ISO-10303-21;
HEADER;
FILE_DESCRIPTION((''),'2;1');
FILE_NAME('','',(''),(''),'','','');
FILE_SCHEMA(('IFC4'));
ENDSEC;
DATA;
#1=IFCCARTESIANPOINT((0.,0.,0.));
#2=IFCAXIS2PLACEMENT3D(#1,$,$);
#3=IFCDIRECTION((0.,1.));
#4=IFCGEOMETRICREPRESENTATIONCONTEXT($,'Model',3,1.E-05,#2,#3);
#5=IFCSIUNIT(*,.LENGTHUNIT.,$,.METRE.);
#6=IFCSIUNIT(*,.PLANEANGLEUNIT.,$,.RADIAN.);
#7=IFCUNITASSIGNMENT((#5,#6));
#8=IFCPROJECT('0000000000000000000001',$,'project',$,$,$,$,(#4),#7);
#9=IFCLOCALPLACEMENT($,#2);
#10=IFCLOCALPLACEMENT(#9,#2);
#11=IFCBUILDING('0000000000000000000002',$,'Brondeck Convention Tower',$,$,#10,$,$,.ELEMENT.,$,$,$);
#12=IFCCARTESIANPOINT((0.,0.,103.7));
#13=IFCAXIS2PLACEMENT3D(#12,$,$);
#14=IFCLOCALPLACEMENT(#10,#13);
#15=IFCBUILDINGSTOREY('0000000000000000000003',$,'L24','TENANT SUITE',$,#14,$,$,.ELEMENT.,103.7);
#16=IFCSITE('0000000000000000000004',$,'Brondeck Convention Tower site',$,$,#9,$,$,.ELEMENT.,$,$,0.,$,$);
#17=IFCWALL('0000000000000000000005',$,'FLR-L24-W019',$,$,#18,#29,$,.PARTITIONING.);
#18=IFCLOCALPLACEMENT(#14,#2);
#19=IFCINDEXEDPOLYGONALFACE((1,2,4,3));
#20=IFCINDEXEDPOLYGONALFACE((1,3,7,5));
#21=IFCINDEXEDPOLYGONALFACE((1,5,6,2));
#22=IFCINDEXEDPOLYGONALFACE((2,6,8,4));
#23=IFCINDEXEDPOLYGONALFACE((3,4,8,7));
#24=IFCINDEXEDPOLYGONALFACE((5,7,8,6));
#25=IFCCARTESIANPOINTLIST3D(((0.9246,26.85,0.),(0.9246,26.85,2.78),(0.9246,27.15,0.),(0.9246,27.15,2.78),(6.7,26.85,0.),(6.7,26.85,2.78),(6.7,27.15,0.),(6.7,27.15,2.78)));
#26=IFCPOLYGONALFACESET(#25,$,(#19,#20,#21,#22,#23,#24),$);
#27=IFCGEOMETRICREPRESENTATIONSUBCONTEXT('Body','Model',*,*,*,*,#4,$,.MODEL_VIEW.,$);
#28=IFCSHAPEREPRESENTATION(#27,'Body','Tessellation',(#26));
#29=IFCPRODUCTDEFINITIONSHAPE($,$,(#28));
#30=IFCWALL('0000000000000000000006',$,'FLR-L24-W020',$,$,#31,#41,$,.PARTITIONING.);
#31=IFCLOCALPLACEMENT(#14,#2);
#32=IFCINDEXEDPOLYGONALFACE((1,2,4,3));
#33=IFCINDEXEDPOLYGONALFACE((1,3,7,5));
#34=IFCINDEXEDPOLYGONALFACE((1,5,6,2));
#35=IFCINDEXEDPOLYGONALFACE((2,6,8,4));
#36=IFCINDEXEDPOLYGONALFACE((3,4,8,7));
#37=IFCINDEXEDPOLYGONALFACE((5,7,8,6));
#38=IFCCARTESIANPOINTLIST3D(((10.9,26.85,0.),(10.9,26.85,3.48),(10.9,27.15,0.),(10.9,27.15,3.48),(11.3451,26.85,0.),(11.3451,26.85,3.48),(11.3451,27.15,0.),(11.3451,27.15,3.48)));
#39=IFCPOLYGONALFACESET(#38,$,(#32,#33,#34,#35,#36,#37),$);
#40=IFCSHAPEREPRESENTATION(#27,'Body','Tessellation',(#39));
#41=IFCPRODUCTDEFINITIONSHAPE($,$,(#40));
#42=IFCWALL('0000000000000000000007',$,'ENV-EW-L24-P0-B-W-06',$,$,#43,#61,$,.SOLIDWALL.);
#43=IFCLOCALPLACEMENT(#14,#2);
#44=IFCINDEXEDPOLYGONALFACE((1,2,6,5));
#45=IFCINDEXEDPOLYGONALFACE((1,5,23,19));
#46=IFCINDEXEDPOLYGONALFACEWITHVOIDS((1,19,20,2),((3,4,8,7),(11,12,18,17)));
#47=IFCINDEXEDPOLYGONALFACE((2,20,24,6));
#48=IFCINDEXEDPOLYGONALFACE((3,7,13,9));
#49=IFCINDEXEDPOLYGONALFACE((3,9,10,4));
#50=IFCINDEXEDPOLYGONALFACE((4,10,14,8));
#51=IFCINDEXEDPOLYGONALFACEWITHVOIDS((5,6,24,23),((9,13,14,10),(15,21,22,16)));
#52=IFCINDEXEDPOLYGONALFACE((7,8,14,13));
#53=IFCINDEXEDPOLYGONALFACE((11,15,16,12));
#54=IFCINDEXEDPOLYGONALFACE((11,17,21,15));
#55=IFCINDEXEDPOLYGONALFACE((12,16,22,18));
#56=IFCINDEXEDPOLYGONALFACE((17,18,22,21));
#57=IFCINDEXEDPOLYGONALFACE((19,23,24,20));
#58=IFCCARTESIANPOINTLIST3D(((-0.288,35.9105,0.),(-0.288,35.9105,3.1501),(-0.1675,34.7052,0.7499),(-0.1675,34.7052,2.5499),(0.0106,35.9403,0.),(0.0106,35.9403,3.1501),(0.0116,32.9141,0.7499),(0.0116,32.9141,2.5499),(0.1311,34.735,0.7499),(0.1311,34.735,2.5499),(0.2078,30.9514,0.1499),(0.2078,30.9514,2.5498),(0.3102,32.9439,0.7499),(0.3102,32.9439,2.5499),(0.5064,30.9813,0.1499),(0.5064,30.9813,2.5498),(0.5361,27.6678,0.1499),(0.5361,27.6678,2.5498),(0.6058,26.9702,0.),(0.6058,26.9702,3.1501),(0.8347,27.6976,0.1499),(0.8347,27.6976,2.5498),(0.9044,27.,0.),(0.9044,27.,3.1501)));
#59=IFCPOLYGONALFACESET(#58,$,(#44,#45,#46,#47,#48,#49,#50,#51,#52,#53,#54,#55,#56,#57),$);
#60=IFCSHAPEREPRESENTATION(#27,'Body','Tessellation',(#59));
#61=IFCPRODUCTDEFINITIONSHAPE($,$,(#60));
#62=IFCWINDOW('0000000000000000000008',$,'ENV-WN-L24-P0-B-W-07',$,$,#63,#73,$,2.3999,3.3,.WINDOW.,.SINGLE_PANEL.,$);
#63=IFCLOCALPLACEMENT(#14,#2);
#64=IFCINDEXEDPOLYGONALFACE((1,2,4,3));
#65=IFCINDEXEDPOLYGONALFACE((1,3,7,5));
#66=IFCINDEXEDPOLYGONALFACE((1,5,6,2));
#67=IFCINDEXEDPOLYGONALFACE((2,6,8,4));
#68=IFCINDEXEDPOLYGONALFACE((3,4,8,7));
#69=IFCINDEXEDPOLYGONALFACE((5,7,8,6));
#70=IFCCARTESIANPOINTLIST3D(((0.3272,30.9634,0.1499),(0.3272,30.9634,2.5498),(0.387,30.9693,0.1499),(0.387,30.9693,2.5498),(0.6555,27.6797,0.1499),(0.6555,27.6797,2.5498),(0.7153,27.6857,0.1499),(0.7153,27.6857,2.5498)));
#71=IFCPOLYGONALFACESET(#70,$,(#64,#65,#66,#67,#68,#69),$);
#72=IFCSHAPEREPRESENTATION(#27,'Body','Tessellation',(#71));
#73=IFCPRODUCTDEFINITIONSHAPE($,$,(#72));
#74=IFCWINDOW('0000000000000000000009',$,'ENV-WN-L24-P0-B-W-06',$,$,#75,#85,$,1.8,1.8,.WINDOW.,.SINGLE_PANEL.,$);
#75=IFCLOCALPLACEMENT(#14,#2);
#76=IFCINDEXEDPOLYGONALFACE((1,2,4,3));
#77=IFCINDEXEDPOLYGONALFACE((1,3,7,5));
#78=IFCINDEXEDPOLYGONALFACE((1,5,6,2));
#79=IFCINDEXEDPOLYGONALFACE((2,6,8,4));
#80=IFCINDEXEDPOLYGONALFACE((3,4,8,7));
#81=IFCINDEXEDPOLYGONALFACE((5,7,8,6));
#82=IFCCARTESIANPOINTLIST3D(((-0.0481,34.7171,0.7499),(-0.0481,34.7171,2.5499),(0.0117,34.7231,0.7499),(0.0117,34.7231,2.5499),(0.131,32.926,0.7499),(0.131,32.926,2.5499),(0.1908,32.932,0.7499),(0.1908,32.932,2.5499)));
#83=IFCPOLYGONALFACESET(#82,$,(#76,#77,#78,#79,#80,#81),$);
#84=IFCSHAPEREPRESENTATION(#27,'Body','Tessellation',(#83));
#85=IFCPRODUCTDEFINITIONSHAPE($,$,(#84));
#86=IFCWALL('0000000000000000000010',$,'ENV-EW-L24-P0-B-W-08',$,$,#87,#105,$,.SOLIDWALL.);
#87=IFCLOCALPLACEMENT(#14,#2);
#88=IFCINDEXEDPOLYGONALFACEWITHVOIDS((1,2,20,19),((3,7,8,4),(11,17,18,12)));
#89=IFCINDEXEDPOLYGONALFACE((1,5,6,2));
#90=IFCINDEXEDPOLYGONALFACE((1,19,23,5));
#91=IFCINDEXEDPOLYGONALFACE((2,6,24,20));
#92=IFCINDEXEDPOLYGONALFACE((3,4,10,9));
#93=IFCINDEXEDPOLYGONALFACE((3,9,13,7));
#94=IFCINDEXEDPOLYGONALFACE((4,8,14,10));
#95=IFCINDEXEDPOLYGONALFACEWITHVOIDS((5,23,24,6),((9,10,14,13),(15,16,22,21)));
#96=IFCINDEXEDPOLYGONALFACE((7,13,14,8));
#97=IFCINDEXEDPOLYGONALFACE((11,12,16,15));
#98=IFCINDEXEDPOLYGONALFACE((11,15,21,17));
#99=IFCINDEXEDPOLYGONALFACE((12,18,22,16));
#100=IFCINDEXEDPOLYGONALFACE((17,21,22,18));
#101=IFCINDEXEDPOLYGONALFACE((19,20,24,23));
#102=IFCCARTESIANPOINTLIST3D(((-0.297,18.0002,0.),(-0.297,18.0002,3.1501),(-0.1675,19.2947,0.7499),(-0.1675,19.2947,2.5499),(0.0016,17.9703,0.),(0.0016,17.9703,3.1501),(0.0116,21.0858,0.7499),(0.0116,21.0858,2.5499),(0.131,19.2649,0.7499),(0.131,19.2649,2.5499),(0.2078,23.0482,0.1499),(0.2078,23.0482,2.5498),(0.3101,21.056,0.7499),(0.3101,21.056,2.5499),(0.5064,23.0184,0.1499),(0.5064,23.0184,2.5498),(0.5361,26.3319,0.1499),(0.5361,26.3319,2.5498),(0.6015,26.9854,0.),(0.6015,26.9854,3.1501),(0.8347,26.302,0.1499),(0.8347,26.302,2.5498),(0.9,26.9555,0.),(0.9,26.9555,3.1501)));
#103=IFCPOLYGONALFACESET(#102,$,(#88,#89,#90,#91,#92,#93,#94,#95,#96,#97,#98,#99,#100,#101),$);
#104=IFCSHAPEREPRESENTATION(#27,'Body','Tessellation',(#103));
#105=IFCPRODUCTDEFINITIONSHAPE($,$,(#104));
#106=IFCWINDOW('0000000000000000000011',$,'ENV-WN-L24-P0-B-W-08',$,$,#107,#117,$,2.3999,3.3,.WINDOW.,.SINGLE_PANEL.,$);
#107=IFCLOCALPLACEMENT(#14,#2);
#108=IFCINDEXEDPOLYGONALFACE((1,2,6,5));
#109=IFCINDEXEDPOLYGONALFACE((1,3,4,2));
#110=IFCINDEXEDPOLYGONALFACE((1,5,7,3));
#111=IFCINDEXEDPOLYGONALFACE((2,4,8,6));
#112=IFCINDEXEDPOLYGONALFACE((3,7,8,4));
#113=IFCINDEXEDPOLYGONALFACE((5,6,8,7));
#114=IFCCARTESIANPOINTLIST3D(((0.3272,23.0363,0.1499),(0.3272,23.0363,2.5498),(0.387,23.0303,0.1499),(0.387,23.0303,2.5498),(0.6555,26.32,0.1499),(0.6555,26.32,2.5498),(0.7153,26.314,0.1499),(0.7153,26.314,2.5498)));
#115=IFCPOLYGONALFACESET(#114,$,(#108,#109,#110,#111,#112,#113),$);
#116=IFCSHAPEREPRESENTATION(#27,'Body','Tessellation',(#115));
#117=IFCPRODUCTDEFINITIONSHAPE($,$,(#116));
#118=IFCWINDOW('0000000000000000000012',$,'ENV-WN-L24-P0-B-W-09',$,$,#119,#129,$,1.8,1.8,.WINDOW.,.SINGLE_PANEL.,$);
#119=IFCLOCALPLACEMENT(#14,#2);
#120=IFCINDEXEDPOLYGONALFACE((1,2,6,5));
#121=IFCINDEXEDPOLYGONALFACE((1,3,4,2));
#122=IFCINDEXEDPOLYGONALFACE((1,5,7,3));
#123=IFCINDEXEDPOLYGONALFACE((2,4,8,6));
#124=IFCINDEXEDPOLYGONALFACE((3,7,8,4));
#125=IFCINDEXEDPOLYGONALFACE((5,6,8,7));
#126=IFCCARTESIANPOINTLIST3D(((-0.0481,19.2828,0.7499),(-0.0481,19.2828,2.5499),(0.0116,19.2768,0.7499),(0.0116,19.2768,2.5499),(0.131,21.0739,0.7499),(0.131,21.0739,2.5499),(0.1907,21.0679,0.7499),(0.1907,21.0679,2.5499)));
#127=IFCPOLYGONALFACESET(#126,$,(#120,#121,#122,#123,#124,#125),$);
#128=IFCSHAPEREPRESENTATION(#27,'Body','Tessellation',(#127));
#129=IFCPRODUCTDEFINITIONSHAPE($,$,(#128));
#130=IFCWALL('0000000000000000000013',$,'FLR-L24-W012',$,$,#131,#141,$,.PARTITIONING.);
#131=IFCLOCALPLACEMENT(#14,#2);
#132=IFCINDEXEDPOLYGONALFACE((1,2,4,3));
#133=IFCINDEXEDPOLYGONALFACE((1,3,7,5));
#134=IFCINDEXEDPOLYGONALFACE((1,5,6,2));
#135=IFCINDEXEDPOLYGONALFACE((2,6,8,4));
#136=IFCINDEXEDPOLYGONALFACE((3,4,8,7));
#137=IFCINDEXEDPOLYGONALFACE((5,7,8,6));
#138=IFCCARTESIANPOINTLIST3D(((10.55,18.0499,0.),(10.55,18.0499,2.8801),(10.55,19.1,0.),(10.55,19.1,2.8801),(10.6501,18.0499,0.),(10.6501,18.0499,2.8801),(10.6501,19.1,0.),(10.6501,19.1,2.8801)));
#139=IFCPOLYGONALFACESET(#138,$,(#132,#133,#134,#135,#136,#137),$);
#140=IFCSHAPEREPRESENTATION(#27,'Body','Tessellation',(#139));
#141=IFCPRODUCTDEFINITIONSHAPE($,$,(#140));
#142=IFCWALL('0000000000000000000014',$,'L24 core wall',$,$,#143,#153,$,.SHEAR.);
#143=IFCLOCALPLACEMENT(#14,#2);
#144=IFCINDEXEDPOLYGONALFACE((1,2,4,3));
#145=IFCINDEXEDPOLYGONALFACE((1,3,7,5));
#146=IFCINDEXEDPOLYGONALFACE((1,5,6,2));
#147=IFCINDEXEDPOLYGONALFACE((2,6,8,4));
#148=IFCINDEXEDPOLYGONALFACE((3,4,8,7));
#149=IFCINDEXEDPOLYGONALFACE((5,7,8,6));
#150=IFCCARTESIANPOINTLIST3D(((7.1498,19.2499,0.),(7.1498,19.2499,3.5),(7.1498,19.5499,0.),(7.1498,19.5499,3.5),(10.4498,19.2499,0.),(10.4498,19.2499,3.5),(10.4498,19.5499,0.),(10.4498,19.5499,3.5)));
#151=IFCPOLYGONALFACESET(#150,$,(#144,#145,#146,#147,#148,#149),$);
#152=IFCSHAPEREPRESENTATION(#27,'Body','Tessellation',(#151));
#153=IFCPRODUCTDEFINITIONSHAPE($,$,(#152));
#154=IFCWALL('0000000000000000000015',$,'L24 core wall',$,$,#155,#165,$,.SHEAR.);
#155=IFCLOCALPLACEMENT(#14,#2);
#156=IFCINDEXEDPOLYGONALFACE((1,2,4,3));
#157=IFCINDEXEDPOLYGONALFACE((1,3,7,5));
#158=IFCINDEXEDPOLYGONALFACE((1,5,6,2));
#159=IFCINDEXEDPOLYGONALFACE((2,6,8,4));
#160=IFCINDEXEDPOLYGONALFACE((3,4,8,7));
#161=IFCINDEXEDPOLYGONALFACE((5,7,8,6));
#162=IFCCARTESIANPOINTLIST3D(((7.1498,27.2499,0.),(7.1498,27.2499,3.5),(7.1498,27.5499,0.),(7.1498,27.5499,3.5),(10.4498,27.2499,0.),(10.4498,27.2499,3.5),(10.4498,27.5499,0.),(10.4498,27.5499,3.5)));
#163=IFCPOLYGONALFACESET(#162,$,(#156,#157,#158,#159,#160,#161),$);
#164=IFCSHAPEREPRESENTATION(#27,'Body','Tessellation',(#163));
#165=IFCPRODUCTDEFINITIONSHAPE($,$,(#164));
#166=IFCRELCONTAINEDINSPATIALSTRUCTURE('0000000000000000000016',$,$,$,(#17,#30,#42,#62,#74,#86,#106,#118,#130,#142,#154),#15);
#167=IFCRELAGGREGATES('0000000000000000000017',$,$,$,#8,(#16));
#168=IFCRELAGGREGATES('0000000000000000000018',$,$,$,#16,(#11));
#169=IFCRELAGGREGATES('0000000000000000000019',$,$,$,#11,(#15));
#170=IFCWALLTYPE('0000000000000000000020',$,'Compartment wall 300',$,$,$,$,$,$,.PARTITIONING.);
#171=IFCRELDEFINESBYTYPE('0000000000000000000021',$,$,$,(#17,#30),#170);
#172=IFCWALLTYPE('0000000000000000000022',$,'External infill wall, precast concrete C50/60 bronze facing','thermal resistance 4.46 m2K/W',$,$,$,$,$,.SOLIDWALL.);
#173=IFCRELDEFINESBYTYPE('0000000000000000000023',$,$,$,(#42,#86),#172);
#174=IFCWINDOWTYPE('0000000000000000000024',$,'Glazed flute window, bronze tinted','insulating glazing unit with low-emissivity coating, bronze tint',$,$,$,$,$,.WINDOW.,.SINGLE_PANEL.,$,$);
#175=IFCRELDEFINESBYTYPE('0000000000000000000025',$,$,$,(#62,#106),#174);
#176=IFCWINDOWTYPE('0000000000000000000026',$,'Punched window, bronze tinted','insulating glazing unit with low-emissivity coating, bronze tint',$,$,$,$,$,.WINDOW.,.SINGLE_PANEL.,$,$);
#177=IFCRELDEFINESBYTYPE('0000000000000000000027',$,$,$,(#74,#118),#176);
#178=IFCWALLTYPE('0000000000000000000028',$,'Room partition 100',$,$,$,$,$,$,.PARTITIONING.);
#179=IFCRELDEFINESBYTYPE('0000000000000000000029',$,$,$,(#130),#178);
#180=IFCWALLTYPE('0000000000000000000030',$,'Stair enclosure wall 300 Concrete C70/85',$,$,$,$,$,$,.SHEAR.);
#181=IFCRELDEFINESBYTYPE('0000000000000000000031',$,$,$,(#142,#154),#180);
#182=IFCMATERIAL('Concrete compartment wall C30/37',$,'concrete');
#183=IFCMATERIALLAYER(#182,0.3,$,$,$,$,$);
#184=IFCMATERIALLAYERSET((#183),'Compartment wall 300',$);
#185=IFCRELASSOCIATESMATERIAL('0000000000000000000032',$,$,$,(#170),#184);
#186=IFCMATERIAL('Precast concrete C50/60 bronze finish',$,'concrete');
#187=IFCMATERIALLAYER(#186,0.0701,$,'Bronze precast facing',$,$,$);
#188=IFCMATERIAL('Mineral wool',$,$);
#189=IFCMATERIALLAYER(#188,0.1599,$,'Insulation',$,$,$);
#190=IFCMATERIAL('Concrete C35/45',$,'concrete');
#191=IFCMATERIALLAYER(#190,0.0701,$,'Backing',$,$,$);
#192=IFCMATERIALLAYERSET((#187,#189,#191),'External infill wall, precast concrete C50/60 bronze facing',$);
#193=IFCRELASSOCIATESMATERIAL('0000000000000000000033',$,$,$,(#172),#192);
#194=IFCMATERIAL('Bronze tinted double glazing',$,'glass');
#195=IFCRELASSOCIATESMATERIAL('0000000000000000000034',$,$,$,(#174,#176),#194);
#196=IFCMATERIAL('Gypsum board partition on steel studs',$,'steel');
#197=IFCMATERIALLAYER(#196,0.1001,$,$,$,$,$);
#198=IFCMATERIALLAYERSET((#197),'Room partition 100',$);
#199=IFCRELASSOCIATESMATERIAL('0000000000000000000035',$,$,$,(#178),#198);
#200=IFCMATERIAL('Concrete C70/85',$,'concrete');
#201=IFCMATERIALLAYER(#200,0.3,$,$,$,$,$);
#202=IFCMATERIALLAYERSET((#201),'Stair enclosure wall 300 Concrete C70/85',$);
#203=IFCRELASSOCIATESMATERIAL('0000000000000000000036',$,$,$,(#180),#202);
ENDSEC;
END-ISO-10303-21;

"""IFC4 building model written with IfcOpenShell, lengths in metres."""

from ifc_helpers import new_model, si_unit, direction, frame, frame_2d, origin, place, context, subcontext, project, spatial, rectangle, extrude, material, layer, layer_set, type_object, element, fill, save


model = new_model("IFC4")

# Units and contexts
model_context = context("Model", 3, precision=1e-05, world=origin(), true_north=direction((0.0, 1.0)))
body_context = subcontext(model_context, "Body", "Model", "MODEL_VIEW")
ifc_project = project(units=[si_unit("LENGTHUNIT", "METRE"), si_unit("PLANEANGLEUNIT", "RADIAN")], contexts=[model_context])

# Site, building, storey
site_placement = place(None, origin())
site = spatial("IfcSite", under=ifc_project, at=site_placement, Name="Brondeck Convention Tower site", CompositionType="ELEMENT", RefElevation=0.0)
building_placement = place(site_placement, origin())
building = spatial("IfcBuilding", under=site, at=building_placement, Name="Brondeck Convention Tower", CompositionType="ELEMENT")
storey_placement = place(building_placement, frame((0.0, 0.0, 103.7)))
storey = spatial("IfcBuildingStorey", under=building, at=storey_placement, Name="L24", Description="TENANT SUITE", CompositionType="ELEMENT", Elevation=103.7)

# Shared definitions
ifc_material_1 = material(Name="Concrete C70/85", Category="concrete")

# Walls
ifc_material_2 = material(Name="Concrete compartment wall C30/37", Category="concrete")
ifc_layer_1 = layer(ifc_material_2, 0.3)
ifc_layer_set_1 = layer_set([ifc_layer_1], Name="Compartment wall 300")
wall_type_1 = type_object("IfcWallType", Name="Compartment wall 300", PredefinedType="PARTITIONING", material=ifc_layer_set_1)
wall_1_placement = place(storey_placement, frame((0.9246, 27.0, 0.0), z_axis=(0.0, 0.0, 1.0), x_axis=(1.0, 0.0, 0.0)))
element("IfcWall", 1, at=wall_1_placement, inside=storey, type_object=wall_type_1, Name="FLR-L24-W019", PredefinedType="PARTITIONING", context=body_context, shape_type="SweptSolid", body=[
    extrude(rectangle(XDim=5.7754, YDim=0.3, at=frame_2d((2.8877, 0.0))), origin(), (0.0, 0.0, 1.0), 2.78),
])
wall_2_placement = place(storey_placement, frame((10.8999, 27.0, 0.0), z_axis=(0.0, 0.0, 1.0), x_axis=(1.0, 0.0, 0.0)))
element("IfcWall", 2, at=wall_2_placement, inside=storey, type_object=wall_type_1, Name="FLR-L24-W020", PredefinedType="PARTITIONING", context=body_context, shape_type="SweptSolid", body=[
    extrude(rectangle(XDim=0.4451, YDim=0.3, at=frame_2d((0.2227, 0.0))), origin(), (0.0, 0.0, 1.0), 3.48),
])

# Walls, openings, windows
ifc_material_3 = material(Name="Precast concrete C50/60 bronze finish", Category="concrete")
ifc_layer_2 = layer(ifc_material_3, 0.0701, Name="Bronze precast facing")
ifc_material_4 = material(Name="Mineral wool")
ifc_layer_3 = layer(ifc_material_4, 0.1599, Name="Insulation")
ifc_material_5 = material(Name="Concrete C35/45", Category="concrete")
ifc_layer_4 = layer(ifc_material_5, 0.0701, Name="Backing")
ifc_layer_set_2 = layer_set([ifc_layer_2, ifc_layer_3, ifc_layer_4], Name="External infill wall, precast concrete C50/60 bronze facing")
wall_type_2 = type_object("IfcWallType", Name="External infill wall, precast concrete C50/60 bronze facing", Description="thermal resistance 4.46 m2K/W", PredefinedType="SOLIDWALL", material=ifc_layer_set_2)
wall_3_placement = place(storey_placement, frame((0.7551, 26.9851, 0.0), z_axis=(0.0, 0.0, 1.0), x_axis=(-0.09948, 0.99504, 0.0)))
wall_3 = element("IfcWall", 3, at=wall_3_placement, inside=storey, type_object=wall_type_2, Name="ENV-EW-L24-P0-B-W-06", PredefinedType="SOLIDWALL", context=body_context, shape_type="SweptSolid", body=[
    extrude(rectangle(XDim=8.9849, YDim=0.3, at=frame_2d((4.4924, 0.0))), origin(), (0.0, 0.0, 1.0), 3.1501),
])
opening_1_placement = place(wall_3_placement, frame((0.7012, 0.0, 0.1499)))
opening_1 = element("IfcOpeningElement", 4, at=opening_1_placement, cuts=wall_3, PredefinedType="OPENING", context=body_context, shape_type="SweptSolid", body=[
    extrude(rectangle(XDim=3.3, YDim=2.3999, at=frame_2d((1.6499, 1.2))), frame((0.0, 0.1599, 0.0), z_axis=(0.0, -1.0, 0.0), x_axis=(1.0, 0.0, 0.0)), (0.0, 0.0, 1.0), 0.3201),
])
opening_2_placement = place(wall_3_placement, frame((5.9736, 0.0, 0.75)))
opening_2 = element("IfcOpeningElement", 5, at=opening_2_placement, cuts=wall_3, PredefinedType="OPENING", context=body_context, shape_type="SweptSolid", body=[
    extrude(rectangle(XDim=1.8, YDim=1.8, at=frame_2d((0.8999, 0.8999))), frame((0.0, 0.1599, 0.0), z_axis=(0.0, -1.0, 0.0), x_axis=(1.0, 0.0, 0.0)), (0.0, 0.0, 1.0), 0.3201),
])
ifc_material_6 = material(Name="Bronze tinted double glazing", Category="glass")
window_type_1 = type_object("IfcWindowType", Name="Glazed flute window, bronze tinted", Description="insulating glazing unit with low-emissivity coating, bronze tint", PartitioningType="SINGLE_PANEL", PredefinedType="WINDOW", material=ifc_material_6)
window_1_placement = place(opening_1_placement, origin())
window_1 = element("IfcWindow", 6, at=window_1_placement, inside=storey, type_object=window_type_1, Name="ENV-WN-L24-P0-B-W-07", OverallHeight=2.3999, OverallWidth=3.3, PartitioningType="SINGLE_PANEL", PredefinedType="WINDOW", context=body_context, shape_type="SweptSolid", body=[
    extrude(rectangle(XDim=3.3, YDim=2.3999, at=frame_2d((1.6499, 1.2))), frame((0.0, 0.03, 0.0), z_axis=(0.0, -1.0, 0.0), x_axis=(1.0, 0.0, 0.0)), (0.0, 0.0, 1.0), 0.0601),
])
fill(opening_1, window_1)
window_type_2 = type_object("IfcWindowType", Name="Punched window, bronze tinted", Description="insulating glazing unit with low-emissivity coating, bronze tint", PartitioningType="SINGLE_PANEL", PredefinedType="WINDOW", material=ifc_material_6)
window_2_placement = place(opening_2_placement, origin())
window_2 = element("IfcWindow", 7, at=window_2_placement, inside=storey, type_object=window_type_2, Name="ENV-WN-L24-P0-B-W-06", OverallHeight=1.8, OverallWidth=1.8, PartitioningType="SINGLE_PANEL", PredefinedType="WINDOW", context=body_context, shape_type="SweptSolid", body=[
    extrude(rectangle(XDim=1.8, YDim=1.8, at=frame_2d((0.8999, 0.8999))), frame((0.0, 0.03, 0.0), z_axis=(0.0, -1.0, 0.0), x_axis=(1.0, 0.0, 0.0)), (0.0, 0.0, 1.0), 0.0601),
])
fill(opening_2, window_2)
wall_4_placement = place(storey_placement, frame((-0.1477, 17.9851, 0.0), z_axis=(0.0, 0.0, 1.0), x_axis=(0.099496, 0.995038, 0.0)))
wall_4 = element("IfcWall", 8, at=wall_4_placement, inside=storey, type_object=wall_type_2, Name="ENV-EW-L24-P0-B-W-08", PredefinedType="SOLIDWALL", context=body_context, shape_type="SweptSolid", body=[
    extrude(rectangle(XDim=9.03, YDim=0.3, at=frame_2d((4.5151, 0.0))), origin(), (0.0, 0.0, 1.0), 3.1501),
])
opening_3_placement = place(wall_4_placement, frame((1.3013, 0.0, 0.75)))
opening_3 = element("IfcOpeningElement", 9, at=opening_3_placement, cuts=wall_4, PredefinedType="OPENING", context=body_context, shape_type="SweptSolid", body=[
    extrude(rectangle(XDim=1.8, YDim=1.8, at=frame_2d((0.8999, 0.8999))), frame((0.0, 0.1599, 0.0), z_axis=(0.0, -1.0, 0.0), x_axis=(1.0, 0.0, 0.0)), (0.0, 0.0, 1.0), 0.3201),
])
opening_4_placement = place(wall_4_placement, frame((5.0735, 0.0, 0.1499)))
opening_4 = element("IfcOpeningElement", 10, at=opening_4_placement, cuts=wall_4, PredefinedType="OPENING", context=body_context, shape_type="SweptSolid", body=[
    extrude(rectangle(XDim=3.3, YDim=2.3999, at=frame_2d((1.6499, 1.2))), frame((0.0, 0.1599, 0.0), z_axis=(0.0, -1.0, 0.0), x_axis=(1.0, 0.0, 0.0)), (0.0, 0.0, 1.0), 0.3201),
])
window_3_placement = place(opening_4_placement, origin())
window_3 = element("IfcWindow", 11, at=window_3_placement, inside=storey, type_object=window_type_1, Name="ENV-WN-L24-P0-B-W-08", OverallHeight=2.3999, OverallWidth=3.3, PartitioningType="SINGLE_PANEL", PredefinedType="WINDOW", context=body_context, shape_type="SweptSolid", body=[
    extrude(rectangle(XDim=3.3, YDim=2.3999, at=frame_2d((1.6499, 1.2))), frame((0.0, 0.03, 0.0), z_axis=(0.0, -1.0, 0.0), x_axis=(1.0, 0.0, 0.0)), (0.0, 0.0, 1.0), 0.0601),
])
fill(opening_4, window_3)
window_4_placement = place(opening_3_placement, origin())
window_4 = element("IfcWindow", 12, at=window_4_placement, inside=storey, type_object=window_type_2, Name="ENV-WN-L24-P0-B-W-09", OverallHeight=1.8, OverallWidth=1.8, PartitioningType="SINGLE_PANEL", PredefinedType="WINDOW", context=body_context, shape_type="SweptSolid", body=[
    extrude(rectangle(XDim=1.8, YDim=1.8, at=frame_2d((0.8999, 0.8999))), frame((0.0, 0.03, 0.0), z_axis=(0.0, -1.0, 0.0), x_axis=(1.0, 0.0, 0.0)), (0.0, 0.0, 1.0), 0.0601),
])
fill(opening_3, window_4)

# Walls
ifc_material_7 = material(Name="Gypsum board partition on steel studs", Category="steel")
ifc_layer_5 = layer(ifc_material_7, 0.1001)
ifc_layer_set_3 = layer_set([ifc_layer_5], Name="Room partition 100")
wall_type_3 = type_object("IfcWallType", Name="Room partition 100", PredefinedType="PARTITIONING", material=ifc_layer_set_3)
wall_5_placement = place(storey_placement, frame((10.6001, 18.05, 0.0), z_axis=(0.0, 0.0, 1.0), x_axis=(0.0, 1.0, 0.0)))
element("IfcWall", 13, at=wall_5_placement, inside=storey, type_object=wall_type_3, Name="FLR-L24-W012", PredefinedType="PARTITIONING", context=body_context, shape_type="SweptSolid", body=[
    extrude(rectangle(XDim=1.05, YDim=0.1001, at=frame_2d((0.5249, 0.0))), origin(), (0.0, 0.0, 1.0), 2.8801),
])
ifc_layer_6 = layer(ifc_material_1, 0.3)
ifc_layer_set_4 = layer_set([ifc_layer_6], Name="Stair enclosure wall 300 Concrete C70/85")
wall_type_4 = type_object("IfcWallType", Name="Stair enclosure wall 300 Concrete C70/85", PredefinedType="SHEAR", material=ifc_layer_set_4)
for number, where, z_axis, x_axis, name in (
    (14, (7.1499, 19.3999, 0.0), (0.0, 0.0, 1.0), (1.0, 0.0, 0.0), "L24 core wall"),
    (15, (7.1499, 27.3999, 0.0), (0.0, 0.0, 1.0), (1.0, 0.0, 0.0), "L24 core wall"),
):
    element("IfcWall", number, at=place(storey_placement, frame(where, z_axis=z_axis, x_axis=x_axis)), inside=storey, type_object=wall_type_4, Name=name, PredefinedType="SHEAR", context=body_context, shape_type="SweptSolid", body=[
        extrude(rectangle(XDim=3.3, YDim=0.3, at=frame_2d((1.6499, 0.0))), origin(), (0.0, 0.0, 1.0), 3.5),
    ])

save(model, "model.ifc")
